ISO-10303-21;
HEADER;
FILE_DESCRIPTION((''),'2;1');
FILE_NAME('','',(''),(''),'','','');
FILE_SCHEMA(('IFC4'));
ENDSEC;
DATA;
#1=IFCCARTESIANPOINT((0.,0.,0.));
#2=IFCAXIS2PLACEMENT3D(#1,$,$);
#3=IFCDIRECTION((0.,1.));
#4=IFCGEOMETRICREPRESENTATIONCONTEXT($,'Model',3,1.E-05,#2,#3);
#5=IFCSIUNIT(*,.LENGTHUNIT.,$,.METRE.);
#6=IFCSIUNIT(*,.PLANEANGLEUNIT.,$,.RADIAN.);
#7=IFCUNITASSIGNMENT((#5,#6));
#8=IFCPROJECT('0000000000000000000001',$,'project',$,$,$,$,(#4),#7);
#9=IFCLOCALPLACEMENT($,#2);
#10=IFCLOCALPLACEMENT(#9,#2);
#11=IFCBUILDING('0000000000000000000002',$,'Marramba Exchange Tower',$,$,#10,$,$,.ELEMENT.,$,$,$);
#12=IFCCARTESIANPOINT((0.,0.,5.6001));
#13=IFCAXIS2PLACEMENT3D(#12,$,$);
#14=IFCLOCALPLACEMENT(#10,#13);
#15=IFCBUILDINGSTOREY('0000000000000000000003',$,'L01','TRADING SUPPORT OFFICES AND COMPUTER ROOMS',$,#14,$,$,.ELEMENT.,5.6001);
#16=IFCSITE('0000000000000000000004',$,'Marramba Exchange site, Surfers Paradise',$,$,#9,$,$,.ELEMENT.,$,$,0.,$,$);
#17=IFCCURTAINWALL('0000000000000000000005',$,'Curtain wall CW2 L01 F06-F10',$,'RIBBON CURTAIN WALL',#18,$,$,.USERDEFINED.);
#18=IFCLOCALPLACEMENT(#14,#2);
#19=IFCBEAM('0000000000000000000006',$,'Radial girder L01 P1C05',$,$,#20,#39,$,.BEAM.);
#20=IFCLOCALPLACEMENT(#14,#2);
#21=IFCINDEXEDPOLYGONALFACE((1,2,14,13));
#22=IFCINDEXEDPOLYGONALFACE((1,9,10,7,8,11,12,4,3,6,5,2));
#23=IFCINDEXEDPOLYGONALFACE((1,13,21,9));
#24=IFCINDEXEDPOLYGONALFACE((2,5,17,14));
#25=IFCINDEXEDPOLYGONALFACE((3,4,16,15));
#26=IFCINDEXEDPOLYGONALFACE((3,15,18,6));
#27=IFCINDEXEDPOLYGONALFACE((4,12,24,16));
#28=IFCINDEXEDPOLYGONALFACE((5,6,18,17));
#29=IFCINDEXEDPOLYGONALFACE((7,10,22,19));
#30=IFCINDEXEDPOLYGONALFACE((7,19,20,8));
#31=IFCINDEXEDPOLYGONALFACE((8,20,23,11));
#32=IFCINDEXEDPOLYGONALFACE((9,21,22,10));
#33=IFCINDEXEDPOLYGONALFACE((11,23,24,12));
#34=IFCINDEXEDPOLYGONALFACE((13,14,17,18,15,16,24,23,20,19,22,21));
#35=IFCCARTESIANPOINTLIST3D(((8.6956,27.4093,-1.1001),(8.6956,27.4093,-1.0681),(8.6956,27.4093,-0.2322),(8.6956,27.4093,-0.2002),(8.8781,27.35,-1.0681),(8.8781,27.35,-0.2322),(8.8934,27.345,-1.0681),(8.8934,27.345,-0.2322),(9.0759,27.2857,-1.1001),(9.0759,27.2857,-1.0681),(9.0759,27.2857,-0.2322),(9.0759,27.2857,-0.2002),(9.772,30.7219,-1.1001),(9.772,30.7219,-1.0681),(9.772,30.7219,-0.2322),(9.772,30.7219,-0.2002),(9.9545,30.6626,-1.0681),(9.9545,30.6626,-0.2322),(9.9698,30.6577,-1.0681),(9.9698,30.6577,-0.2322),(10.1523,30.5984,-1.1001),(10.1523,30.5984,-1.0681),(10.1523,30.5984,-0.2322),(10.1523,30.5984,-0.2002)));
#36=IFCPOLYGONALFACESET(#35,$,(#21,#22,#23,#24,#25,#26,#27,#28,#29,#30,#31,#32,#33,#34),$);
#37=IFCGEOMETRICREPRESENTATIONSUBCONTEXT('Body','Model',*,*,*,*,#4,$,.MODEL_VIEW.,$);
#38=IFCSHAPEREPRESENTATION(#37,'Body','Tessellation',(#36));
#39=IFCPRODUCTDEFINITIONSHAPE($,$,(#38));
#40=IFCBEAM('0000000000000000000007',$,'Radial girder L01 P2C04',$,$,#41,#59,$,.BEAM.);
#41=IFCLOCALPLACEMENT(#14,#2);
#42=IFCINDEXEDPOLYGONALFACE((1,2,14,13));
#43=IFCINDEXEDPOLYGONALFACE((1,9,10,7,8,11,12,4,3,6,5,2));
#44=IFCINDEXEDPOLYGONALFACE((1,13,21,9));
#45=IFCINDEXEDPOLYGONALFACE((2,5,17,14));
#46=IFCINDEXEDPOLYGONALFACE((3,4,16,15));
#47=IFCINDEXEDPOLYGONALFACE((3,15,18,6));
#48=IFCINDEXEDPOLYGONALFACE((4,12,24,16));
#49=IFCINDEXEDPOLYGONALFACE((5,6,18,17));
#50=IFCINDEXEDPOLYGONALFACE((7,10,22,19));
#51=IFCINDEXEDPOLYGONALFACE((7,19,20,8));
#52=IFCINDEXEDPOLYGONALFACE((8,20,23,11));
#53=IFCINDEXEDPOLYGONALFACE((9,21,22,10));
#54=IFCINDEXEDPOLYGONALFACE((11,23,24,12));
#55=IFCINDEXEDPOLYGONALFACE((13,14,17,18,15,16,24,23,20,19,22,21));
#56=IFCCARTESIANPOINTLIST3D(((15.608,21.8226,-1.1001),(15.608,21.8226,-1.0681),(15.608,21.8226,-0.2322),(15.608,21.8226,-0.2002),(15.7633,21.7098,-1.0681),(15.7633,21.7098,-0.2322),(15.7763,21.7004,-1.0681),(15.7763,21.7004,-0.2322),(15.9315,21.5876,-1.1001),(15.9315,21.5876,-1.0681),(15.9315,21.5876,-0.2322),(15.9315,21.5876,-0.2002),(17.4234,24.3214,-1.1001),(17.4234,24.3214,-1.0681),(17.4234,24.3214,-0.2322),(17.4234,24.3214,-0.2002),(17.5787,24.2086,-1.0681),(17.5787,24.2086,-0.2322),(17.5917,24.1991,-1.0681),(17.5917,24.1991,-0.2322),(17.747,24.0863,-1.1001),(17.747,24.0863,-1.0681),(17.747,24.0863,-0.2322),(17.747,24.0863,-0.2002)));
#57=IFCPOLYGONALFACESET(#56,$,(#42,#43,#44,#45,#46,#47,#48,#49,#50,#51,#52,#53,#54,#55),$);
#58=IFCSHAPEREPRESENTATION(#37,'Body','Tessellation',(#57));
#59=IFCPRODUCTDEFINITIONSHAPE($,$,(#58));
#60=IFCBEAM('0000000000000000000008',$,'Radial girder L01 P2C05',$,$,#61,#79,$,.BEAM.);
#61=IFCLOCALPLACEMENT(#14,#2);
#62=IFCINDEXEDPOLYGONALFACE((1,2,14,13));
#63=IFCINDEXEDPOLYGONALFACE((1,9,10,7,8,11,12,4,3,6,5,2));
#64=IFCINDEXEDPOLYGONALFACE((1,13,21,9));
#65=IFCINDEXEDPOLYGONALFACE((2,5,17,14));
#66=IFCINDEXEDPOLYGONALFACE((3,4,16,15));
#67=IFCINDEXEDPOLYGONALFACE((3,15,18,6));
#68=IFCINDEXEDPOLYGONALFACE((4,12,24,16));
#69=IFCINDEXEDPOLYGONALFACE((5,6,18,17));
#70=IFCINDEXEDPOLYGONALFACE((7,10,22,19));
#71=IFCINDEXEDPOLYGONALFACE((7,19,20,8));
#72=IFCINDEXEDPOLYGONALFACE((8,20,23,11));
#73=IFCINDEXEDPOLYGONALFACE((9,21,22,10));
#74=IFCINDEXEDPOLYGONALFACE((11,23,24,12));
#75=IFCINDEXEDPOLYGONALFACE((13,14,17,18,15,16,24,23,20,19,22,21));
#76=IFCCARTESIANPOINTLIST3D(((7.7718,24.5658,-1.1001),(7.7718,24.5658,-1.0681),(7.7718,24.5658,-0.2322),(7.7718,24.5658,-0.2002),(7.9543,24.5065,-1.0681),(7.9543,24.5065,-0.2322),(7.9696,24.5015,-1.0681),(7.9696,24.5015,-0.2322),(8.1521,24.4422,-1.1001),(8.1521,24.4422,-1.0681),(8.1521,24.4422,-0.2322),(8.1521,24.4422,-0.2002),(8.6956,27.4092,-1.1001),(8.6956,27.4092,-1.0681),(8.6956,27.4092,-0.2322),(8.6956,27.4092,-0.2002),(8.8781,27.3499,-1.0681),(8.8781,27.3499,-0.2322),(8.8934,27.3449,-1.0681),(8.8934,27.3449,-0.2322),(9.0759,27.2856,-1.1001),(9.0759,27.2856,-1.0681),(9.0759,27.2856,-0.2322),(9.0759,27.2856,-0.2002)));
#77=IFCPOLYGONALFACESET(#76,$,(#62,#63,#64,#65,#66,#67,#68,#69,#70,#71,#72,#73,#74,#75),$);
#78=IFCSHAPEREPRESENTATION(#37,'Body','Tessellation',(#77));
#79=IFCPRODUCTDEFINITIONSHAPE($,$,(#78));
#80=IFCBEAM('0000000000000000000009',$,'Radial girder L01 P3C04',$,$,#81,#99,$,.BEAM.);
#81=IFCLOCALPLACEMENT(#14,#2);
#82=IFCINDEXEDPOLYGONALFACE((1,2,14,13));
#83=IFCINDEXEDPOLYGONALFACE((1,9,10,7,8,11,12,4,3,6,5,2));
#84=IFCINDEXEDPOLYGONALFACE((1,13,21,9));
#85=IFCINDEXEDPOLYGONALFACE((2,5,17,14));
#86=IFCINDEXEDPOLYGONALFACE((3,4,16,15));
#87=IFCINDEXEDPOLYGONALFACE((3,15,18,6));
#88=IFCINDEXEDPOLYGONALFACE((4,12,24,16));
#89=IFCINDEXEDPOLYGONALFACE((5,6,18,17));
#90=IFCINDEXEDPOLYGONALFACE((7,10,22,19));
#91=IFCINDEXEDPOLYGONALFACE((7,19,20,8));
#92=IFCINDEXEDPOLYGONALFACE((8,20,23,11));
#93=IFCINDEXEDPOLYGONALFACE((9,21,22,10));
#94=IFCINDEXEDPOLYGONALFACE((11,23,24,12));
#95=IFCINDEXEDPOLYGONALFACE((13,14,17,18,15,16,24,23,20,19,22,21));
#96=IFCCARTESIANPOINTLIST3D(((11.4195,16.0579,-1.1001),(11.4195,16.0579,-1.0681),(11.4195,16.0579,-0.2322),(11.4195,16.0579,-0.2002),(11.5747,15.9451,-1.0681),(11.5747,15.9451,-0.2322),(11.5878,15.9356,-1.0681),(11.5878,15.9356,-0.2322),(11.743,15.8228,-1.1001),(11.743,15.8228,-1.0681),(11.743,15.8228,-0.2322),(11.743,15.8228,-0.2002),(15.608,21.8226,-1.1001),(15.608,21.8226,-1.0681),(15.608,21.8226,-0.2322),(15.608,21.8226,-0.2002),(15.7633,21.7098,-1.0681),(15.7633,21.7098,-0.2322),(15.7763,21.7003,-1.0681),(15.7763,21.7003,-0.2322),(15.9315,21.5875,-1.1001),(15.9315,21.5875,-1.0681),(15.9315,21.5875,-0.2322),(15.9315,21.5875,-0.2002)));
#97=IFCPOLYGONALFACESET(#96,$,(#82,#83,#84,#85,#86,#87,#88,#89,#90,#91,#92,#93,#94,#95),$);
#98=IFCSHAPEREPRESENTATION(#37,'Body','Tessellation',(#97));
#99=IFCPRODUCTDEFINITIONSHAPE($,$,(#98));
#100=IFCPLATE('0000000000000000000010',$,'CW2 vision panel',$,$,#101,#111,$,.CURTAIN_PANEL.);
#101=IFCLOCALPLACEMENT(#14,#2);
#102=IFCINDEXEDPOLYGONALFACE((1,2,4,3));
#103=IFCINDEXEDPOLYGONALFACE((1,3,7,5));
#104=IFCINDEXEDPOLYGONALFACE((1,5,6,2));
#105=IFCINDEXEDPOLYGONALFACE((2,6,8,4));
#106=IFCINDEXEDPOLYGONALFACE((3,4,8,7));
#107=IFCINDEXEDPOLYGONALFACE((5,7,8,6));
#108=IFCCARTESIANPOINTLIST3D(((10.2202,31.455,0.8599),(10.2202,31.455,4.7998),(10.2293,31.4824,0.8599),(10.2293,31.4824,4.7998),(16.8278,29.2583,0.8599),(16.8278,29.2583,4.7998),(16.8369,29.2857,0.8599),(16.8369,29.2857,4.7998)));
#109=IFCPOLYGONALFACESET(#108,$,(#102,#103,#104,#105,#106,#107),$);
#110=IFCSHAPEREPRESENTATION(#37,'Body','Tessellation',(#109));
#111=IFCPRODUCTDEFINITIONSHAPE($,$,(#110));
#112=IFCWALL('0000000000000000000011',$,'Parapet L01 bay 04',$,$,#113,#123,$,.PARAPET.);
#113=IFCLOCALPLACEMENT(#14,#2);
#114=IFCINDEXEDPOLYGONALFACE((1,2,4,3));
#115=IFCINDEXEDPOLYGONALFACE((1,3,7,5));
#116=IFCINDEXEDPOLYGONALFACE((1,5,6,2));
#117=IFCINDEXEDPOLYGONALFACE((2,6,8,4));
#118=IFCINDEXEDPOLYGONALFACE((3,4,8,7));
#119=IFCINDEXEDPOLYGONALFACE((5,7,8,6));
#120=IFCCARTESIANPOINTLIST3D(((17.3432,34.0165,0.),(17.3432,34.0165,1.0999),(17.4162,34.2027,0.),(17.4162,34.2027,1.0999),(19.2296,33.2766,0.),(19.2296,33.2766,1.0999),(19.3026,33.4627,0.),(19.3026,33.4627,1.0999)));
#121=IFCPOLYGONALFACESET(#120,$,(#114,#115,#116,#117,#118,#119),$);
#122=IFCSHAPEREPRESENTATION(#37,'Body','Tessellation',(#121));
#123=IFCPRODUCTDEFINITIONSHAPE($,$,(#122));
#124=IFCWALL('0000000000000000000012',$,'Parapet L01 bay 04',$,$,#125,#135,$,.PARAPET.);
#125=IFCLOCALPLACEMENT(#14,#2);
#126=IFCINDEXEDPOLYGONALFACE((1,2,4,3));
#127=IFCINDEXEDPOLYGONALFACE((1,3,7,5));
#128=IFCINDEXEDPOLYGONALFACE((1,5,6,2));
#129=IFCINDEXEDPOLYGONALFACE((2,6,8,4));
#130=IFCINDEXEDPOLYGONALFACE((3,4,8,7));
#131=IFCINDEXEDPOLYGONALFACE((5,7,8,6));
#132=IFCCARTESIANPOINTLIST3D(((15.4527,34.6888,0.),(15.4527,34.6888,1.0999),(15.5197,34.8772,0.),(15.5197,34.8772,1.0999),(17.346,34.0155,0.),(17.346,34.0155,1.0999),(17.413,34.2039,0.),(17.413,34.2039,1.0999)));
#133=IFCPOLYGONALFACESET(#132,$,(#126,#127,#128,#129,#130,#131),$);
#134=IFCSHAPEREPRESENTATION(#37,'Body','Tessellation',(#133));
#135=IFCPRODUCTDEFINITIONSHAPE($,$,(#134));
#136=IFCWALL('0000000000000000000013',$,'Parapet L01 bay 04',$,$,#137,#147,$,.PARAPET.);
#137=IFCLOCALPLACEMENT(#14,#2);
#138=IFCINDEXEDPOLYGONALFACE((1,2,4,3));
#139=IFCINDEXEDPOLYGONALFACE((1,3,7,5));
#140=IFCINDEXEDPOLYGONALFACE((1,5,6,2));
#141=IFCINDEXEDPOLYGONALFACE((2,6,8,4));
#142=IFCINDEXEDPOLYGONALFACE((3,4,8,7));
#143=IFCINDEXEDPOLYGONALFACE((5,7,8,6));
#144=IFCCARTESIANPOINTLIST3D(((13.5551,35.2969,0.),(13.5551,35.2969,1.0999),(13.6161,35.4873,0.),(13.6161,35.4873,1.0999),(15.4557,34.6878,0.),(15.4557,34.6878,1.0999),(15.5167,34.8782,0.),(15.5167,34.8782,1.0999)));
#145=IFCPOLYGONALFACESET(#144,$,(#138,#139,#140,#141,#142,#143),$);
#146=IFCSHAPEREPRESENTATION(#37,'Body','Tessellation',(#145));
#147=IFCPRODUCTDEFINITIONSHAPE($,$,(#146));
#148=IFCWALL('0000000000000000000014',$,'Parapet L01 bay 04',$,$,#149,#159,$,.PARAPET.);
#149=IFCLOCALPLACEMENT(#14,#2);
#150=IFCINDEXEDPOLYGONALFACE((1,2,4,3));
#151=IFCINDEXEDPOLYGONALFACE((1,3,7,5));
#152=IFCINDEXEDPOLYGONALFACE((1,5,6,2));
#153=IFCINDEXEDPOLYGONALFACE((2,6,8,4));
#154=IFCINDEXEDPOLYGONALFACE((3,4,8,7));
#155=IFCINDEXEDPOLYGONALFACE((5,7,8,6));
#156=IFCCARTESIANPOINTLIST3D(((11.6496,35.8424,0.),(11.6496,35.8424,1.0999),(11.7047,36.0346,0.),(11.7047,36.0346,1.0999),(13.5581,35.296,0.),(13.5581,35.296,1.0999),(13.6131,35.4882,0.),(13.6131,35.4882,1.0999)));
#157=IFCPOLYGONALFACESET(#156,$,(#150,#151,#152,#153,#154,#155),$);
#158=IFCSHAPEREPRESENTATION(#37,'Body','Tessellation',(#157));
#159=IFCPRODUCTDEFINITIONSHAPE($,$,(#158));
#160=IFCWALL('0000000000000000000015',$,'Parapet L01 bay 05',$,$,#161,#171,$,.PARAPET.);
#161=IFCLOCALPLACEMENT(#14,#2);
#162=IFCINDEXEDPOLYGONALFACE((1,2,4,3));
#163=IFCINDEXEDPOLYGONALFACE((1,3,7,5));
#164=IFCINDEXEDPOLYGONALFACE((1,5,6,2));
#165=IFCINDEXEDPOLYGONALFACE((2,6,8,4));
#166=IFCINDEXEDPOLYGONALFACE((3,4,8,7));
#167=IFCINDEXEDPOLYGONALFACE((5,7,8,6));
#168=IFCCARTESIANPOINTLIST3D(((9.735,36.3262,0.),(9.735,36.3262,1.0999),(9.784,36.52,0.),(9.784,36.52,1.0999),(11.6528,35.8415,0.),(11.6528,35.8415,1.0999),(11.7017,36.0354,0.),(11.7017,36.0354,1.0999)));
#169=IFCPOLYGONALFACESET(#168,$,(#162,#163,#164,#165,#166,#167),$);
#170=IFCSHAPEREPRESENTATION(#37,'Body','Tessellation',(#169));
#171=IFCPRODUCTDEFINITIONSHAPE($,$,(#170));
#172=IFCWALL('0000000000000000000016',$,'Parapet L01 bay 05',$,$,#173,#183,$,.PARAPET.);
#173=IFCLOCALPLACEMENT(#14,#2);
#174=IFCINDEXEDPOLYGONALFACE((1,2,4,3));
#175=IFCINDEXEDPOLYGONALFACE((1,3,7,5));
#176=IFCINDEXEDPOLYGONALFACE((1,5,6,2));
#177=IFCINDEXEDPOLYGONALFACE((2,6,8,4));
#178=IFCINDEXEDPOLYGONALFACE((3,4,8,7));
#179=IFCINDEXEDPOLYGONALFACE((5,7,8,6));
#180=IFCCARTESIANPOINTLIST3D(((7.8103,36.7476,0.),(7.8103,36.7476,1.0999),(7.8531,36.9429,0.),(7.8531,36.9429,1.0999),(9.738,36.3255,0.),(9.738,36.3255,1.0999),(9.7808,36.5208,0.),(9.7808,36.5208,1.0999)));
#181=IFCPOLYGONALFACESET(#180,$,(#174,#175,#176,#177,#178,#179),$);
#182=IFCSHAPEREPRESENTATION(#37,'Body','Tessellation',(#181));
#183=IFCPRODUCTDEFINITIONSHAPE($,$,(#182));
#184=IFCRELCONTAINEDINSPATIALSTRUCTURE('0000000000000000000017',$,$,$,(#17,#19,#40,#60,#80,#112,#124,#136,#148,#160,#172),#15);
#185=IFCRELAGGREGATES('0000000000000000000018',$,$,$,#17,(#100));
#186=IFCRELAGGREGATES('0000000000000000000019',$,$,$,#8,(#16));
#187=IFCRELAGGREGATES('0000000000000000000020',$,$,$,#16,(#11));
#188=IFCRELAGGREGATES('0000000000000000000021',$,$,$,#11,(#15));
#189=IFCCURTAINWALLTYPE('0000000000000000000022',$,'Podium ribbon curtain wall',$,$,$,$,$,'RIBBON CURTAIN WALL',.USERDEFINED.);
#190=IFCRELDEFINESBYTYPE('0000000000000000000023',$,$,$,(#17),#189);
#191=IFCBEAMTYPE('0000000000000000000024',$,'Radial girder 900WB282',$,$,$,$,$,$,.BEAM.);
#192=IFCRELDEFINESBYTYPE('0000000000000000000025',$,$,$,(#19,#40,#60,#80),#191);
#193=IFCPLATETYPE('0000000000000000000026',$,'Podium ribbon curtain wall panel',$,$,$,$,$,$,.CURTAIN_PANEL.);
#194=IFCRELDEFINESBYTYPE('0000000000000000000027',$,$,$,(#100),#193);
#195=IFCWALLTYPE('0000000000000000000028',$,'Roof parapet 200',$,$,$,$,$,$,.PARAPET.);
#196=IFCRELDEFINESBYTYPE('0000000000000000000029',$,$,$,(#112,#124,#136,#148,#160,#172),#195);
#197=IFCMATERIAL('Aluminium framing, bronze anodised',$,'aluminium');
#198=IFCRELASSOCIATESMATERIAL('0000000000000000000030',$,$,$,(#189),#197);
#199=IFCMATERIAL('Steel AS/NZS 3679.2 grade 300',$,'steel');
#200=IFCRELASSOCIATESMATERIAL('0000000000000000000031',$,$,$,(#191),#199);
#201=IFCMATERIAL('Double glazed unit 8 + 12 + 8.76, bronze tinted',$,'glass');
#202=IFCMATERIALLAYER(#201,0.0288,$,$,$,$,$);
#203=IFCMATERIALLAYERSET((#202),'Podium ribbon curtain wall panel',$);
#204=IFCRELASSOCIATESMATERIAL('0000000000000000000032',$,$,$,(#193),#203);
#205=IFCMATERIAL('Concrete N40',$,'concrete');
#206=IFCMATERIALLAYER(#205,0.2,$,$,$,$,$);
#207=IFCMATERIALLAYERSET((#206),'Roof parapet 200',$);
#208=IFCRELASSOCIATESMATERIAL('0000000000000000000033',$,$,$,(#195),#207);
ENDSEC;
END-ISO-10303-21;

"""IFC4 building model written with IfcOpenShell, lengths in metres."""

from ifc_helpers import new_model, si_unit, direction, frame, frame_2d, origin, origin_2d, place, context, subcontext, project, spatial, rectangle, i_section, extrude, material, layer, layer_set, material_profile, profile_set, type_object, element, aggregate, save


model = new_model("IFC4")

# Units and contexts
model_context = context("Model", 3, precision=1e-05, world=origin(), true_north=direction((0.0, 1.0)))
body_context = subcontext(model_context, "Body", "Model", "MODEL_VIEW")
ifc_project = project(units=[si_unit("LENGTHUNIT", "METRE"), si_unit("PLANEANGLEUNIT", "RADIAN")], contexts=[model_context])

# Site, building, storey
site_placement = place(None, origin())
site = spatial("IfcSite", under=ifc_project, at=site_placement, Name="Marramba Exchange site, Surfers Paradise", CompositionType="ELEMENT", RefElevation=0.0)
building_placement = place(site_placement, origin())
building = spatial("IfcBuilding", under=site, at=building_placement, Name="Marramba Exchange Tower", CompositionType="ELEMENT")
storey_placement = place(building_placement, frame((0.0, 0.0, 5.6001)))
storey = spatial("IfcBuildingStorey", under=building, at=storey_placement, Name="L01", Description="TRADING SUPPORT OFFICES AND COMPUTER ROOMS", CompositionType="ELEMENT", Elevation=5.6001)

# Curtain wall
ifc_material_1 = material(Name="Aluminium framing, bronze anodised", Category="aluminium")
curtain_wall_type = type_object("IfcCurtainWallType", Name="Podium ribbon curtain wall", ElementType="RIBBON CURTAIN WALL", PredefinedType="USERDEFINED", material=ifc_material_1)
curtain_wall_placement = place(storey_placement, origin())
curtain_wall = element("IfcCurtainWall", 1, at=curtain_wall_placement, inside=storey, type_object=curtain_wall_type, Name="Curtain wall CW2 L01 F06-F10", ObjectType="RIBBON CURTAIN WALL", PredefinedType="USERDEFINED")

# Beams
ifc_material_2 = material(Name="Steel AS/NZS 3679.2 grade 300", Category="steel")
ifc_material_profile_1 = material_profile(ifc_material_2, i_section(OverallWidth=0.3999, OverallDepth=0.8999, WebThickness=0.0161, FlangeThickness=0.032, at=origin_2d()), Name="900WB282")
ifc_profile_set_1 = profile_set([ifc_material_profile_1], Name="Steel AS/NZS 3679.2 grade 300")
beam_type_1 = type_object("IfcBeamType", Name="Radial girder 900WB282", PredefinedType="BEAM", material=ifc_profile_set_1)
beam_1_placement = place(storey_placement, frame((9.9622, 30.6602, -0.6501), z_axis=(-0.309027, -0.951053, 0.0), x_axis=(0.951053, -0.309027, 0.0)))
element("IfcBeam", 2, at=beam_1_placement, inside=storey, type_object=beam_type_1, Name="Radial girder L01 P1C05", PredefinedType="BEAM", context=body_context, shape_type="SweptSolid", body=[
    extrude(i_section(OverallWidth=0.3999, OverallDepth=0.8999, WebThickness=0.0161, FlangeThickness=0.032, at=origin_2d()), origin(), (0.0, 0.0, 1.0), 3.4832),
])
beam_2_placement = place(storey_placement, frame((17.5852, 24.2039, -0.6501), z_axis=(-0.587777, -0.809023, 0.0), x_axis=(0.809023, -0.587777, 0.0)))
element("IfcBeam", 3, at=beam_2_placement, inside=storey, type_object=beam_type_1, Name="Radial girder L01 P2C04", PredefinedType="BEAM", context=body_context, shape_type="SweptSolid", body=[
    extrude(i_section(OverallWidth=0.3999, OverallDepth=0.8999, WebThickness=0.0161, FlangeThickness=0.032, at=origin_2d()), origin(), (0.0, 0.0, 1.0), 3.0886),
])
beam_3_placement = place(storey_placement, frame((8.8857, 27.3474, -0.6501), z_axis=(-0.308992, -0.951065, 0.0), x_axis=(0.951065, -0.308992, 0.0)))
element("IfcBeam", 4, at=beam_3_placement, inside=storey, type_object=beam_type_1, Name="Radial girder L01 P2C05", PredefinedType="BEAM", context=body_context, shape_type="SweptSolid", body=[
    extrude(i_section(OverallWidth=0.3999, OverallDepth=0.8999, WebThickness=0.0161, FlangeThickness=0.032, at=origin_2d()), origin(), (0.0, 0.0, 1.0), 2.9897),
])
beam_4_placement = place(storey_placement, frame((15.7698, 21.7051, -0.6501), z_axis=(-0.587805, -0.809003, 0.0), x_axis=(0.809003, -0.587805, 0.0)))
element("IfcBeam", 5, at=beam_4_placement, inside=storey, type_object=beam_type_1, Name="Radial girder L01 P3C04", PredefinedType="BEAM", context=body_context, shape_type="SweptSolid", body=[
    extrude(i_section(OverallWidth=0.3999, OverallDepth=0.8999, WebThickness=0.0161, FlangeThickness=0.032, at=origin_2d()), origin(), (0.0, 0.0, 1.0), 7.1257),
])

# Plate
ifc_material_3 = material(Name="Double glazed unit 8 + 12 + 8.76, bronze tinted", Category="glass")
ifc_layer_1 = layer(ifc_material_3, 0.0288)
ifc_layer_set_1 = layer_set([ifc_layer_1], Name="Podium ribbon curtain wall panel")
plate_type = type_object("IfcPlateType", Name="Podium ribbon curtain wall panel", PredefinedType="CURTAIN_PANEL", material=ifc_layer_set_1)
plate_placement = place(storey_placement, frame((13.5286, 30.3704, 0.8599), z_axis=(0.0, 0.0, 1.0), x_axis=(-0.948934, 0.315474, 0.0)))
plate = element("IfcPlate", 6, at=plate_placement, type_object=plate_type, Name="CW2 vision panel", PredefinedType="CURTAIN_PANEL", context=body_context, shape_type="SweptSolid", body=[
    extrude(rectangle(XDim=6.9631, YDim=0.0288, at=origin_2d()), origin(), (0.0, 0.0, 1.0), 3.9399),
])
aggregate(curtain_wall, [plate])

# Walls
ifc_material_4 = material(Name="Concrete N40", Category="concrete")
ifc_layer_2 = layer(ifc_material_4, 0.2)
ifc_layer_set_2 = layer_set([ifc_layer_2], Name="Roof parapet 200")
wall_type = type_object("IfcWallType", Name="Roof parapet 200", PredefinedType="PARAPET", material=ifc_layer_set_2)
wall_1_placement = place(storey_placement, frame((19.2661, 33.3696, 0.0), z_axis=(0.0, 0.0, 1.0), x_axis=(-0.93094, 0.365171, 0.0)))
element("IfcWall", 7, at=wall_1_placement, inside=storey, type_object=wall_type, Name="Parapet L01 bay 04", PredefinedType="PARAPET", context=body_context, shape_type="SweptSolid", body=[
    extrude(rectangle(XDim=2.0264, YDim=0.2, at=frame_2d((1.0132, 0.0))), origin(), (0.0, 0.0, 1.0), 1.0999),
])
wall_2_placement = place(storey_placement, frame((17.3796, 34.1096, 0.0), z_axis=(0.0, 0.0, 1.0), x_axis=(-0.942189, 0.335082, 0.0)))
element("IfcWall", 8, at=wall_2_placement, inside=storey, type_object=wall_type, Name="Parapet L01 bay 04", PredefinedType="PARAPET", context=body_context, shape_type="SweptSolid", body=[
    extrude(rectangle(XDim=2.0095, YDim=0.2, at=frame_2d((1.0049, 0.0))), origin(), (0.0, 0.0, 1.0), 1.0999),
])
wall_3_placement = place(storey_placement, frame((15.4863, 34.783, 0.0), z_axis=(0.0, 0.0, 1.0), x_axis=(-0.952289, 0.305197, 0.0)))
element("IfcWall", 9, at=wall_3_placement, inside=storey, type_object=wall_type, Name="Parapet L01 bay 04", PredefinedType="PARAPET", context=body_context, shape_type="SweptSolid", body=[
    extrude(rectangle(XDim=1.9958, YDim=0.2, at=frame_2d((0.998, 0.0))), origin(), (0.0, 0.0, 1.0), 1.0999),
])
wall_4_placement = place(storey_placement, frame((13.5857, 35.3921, 0.0), z_axis=(0.0, 0.0, 1.0), x_axis=(-0.961375, 0.275241, 0.0)))
element("IfcWall", 10, at=wall_4_placement, inside=storey, type_object=wall_type, Name="Parapet L01 bay 04", PredefinedType="PARAPET", context=body_context, shape_type="SweptSolid", body=[
    extrude(rectangle(XDim=1.9851, YDim=0.2, at=frame_2d((0.9927, 0.0))), origin(), (0.0, 0.0, 1.0), 1.0999),
])
wall_5_placement = place(storey_placement, frame((11.6772, 35.9385, 0.0), z_axis=(0.0, 0.0, 1.0), x_axis=(-0.969522, 0.245003, 0.0)))
element("IfcWall", 11, at=wall_5_placement, inside=storey, type_object=wall_type, Name="Parapet L01 bay 05", PredefinedType="PARAPET", context=body_context, shape_type="SweptSolid", body=[
    extrude(rectangle(XDim=1.978, YDim=0.2, at=frame_2d((0.989, 0.0))), origin(), (0.0, 0.0, 1.0), 1.0999),
])
wall_6_placement = place(storey_placement, frame((9.7595, 36.4231, 0.0), z_axis=(0.0, 0.0, 1.0), x_axis=(-0.976855, 0.213903, 0.0)))
element("IfcWall", 12, at=wall_6_placement, inside=storey, type_object=wall_type, Name="Parapet L01 bay 05", PredefinedType="PARAPET", context=body_context, shape_type="SweptSolid", body=[
    extrude(rectangle(XDim=1.9734, YDim=0.2, at=frame_2d((0.9868, 0.0))), origin(), (0.0, 0.0, 1.0), 1.0999),
])

save(model, "model.ifc")
